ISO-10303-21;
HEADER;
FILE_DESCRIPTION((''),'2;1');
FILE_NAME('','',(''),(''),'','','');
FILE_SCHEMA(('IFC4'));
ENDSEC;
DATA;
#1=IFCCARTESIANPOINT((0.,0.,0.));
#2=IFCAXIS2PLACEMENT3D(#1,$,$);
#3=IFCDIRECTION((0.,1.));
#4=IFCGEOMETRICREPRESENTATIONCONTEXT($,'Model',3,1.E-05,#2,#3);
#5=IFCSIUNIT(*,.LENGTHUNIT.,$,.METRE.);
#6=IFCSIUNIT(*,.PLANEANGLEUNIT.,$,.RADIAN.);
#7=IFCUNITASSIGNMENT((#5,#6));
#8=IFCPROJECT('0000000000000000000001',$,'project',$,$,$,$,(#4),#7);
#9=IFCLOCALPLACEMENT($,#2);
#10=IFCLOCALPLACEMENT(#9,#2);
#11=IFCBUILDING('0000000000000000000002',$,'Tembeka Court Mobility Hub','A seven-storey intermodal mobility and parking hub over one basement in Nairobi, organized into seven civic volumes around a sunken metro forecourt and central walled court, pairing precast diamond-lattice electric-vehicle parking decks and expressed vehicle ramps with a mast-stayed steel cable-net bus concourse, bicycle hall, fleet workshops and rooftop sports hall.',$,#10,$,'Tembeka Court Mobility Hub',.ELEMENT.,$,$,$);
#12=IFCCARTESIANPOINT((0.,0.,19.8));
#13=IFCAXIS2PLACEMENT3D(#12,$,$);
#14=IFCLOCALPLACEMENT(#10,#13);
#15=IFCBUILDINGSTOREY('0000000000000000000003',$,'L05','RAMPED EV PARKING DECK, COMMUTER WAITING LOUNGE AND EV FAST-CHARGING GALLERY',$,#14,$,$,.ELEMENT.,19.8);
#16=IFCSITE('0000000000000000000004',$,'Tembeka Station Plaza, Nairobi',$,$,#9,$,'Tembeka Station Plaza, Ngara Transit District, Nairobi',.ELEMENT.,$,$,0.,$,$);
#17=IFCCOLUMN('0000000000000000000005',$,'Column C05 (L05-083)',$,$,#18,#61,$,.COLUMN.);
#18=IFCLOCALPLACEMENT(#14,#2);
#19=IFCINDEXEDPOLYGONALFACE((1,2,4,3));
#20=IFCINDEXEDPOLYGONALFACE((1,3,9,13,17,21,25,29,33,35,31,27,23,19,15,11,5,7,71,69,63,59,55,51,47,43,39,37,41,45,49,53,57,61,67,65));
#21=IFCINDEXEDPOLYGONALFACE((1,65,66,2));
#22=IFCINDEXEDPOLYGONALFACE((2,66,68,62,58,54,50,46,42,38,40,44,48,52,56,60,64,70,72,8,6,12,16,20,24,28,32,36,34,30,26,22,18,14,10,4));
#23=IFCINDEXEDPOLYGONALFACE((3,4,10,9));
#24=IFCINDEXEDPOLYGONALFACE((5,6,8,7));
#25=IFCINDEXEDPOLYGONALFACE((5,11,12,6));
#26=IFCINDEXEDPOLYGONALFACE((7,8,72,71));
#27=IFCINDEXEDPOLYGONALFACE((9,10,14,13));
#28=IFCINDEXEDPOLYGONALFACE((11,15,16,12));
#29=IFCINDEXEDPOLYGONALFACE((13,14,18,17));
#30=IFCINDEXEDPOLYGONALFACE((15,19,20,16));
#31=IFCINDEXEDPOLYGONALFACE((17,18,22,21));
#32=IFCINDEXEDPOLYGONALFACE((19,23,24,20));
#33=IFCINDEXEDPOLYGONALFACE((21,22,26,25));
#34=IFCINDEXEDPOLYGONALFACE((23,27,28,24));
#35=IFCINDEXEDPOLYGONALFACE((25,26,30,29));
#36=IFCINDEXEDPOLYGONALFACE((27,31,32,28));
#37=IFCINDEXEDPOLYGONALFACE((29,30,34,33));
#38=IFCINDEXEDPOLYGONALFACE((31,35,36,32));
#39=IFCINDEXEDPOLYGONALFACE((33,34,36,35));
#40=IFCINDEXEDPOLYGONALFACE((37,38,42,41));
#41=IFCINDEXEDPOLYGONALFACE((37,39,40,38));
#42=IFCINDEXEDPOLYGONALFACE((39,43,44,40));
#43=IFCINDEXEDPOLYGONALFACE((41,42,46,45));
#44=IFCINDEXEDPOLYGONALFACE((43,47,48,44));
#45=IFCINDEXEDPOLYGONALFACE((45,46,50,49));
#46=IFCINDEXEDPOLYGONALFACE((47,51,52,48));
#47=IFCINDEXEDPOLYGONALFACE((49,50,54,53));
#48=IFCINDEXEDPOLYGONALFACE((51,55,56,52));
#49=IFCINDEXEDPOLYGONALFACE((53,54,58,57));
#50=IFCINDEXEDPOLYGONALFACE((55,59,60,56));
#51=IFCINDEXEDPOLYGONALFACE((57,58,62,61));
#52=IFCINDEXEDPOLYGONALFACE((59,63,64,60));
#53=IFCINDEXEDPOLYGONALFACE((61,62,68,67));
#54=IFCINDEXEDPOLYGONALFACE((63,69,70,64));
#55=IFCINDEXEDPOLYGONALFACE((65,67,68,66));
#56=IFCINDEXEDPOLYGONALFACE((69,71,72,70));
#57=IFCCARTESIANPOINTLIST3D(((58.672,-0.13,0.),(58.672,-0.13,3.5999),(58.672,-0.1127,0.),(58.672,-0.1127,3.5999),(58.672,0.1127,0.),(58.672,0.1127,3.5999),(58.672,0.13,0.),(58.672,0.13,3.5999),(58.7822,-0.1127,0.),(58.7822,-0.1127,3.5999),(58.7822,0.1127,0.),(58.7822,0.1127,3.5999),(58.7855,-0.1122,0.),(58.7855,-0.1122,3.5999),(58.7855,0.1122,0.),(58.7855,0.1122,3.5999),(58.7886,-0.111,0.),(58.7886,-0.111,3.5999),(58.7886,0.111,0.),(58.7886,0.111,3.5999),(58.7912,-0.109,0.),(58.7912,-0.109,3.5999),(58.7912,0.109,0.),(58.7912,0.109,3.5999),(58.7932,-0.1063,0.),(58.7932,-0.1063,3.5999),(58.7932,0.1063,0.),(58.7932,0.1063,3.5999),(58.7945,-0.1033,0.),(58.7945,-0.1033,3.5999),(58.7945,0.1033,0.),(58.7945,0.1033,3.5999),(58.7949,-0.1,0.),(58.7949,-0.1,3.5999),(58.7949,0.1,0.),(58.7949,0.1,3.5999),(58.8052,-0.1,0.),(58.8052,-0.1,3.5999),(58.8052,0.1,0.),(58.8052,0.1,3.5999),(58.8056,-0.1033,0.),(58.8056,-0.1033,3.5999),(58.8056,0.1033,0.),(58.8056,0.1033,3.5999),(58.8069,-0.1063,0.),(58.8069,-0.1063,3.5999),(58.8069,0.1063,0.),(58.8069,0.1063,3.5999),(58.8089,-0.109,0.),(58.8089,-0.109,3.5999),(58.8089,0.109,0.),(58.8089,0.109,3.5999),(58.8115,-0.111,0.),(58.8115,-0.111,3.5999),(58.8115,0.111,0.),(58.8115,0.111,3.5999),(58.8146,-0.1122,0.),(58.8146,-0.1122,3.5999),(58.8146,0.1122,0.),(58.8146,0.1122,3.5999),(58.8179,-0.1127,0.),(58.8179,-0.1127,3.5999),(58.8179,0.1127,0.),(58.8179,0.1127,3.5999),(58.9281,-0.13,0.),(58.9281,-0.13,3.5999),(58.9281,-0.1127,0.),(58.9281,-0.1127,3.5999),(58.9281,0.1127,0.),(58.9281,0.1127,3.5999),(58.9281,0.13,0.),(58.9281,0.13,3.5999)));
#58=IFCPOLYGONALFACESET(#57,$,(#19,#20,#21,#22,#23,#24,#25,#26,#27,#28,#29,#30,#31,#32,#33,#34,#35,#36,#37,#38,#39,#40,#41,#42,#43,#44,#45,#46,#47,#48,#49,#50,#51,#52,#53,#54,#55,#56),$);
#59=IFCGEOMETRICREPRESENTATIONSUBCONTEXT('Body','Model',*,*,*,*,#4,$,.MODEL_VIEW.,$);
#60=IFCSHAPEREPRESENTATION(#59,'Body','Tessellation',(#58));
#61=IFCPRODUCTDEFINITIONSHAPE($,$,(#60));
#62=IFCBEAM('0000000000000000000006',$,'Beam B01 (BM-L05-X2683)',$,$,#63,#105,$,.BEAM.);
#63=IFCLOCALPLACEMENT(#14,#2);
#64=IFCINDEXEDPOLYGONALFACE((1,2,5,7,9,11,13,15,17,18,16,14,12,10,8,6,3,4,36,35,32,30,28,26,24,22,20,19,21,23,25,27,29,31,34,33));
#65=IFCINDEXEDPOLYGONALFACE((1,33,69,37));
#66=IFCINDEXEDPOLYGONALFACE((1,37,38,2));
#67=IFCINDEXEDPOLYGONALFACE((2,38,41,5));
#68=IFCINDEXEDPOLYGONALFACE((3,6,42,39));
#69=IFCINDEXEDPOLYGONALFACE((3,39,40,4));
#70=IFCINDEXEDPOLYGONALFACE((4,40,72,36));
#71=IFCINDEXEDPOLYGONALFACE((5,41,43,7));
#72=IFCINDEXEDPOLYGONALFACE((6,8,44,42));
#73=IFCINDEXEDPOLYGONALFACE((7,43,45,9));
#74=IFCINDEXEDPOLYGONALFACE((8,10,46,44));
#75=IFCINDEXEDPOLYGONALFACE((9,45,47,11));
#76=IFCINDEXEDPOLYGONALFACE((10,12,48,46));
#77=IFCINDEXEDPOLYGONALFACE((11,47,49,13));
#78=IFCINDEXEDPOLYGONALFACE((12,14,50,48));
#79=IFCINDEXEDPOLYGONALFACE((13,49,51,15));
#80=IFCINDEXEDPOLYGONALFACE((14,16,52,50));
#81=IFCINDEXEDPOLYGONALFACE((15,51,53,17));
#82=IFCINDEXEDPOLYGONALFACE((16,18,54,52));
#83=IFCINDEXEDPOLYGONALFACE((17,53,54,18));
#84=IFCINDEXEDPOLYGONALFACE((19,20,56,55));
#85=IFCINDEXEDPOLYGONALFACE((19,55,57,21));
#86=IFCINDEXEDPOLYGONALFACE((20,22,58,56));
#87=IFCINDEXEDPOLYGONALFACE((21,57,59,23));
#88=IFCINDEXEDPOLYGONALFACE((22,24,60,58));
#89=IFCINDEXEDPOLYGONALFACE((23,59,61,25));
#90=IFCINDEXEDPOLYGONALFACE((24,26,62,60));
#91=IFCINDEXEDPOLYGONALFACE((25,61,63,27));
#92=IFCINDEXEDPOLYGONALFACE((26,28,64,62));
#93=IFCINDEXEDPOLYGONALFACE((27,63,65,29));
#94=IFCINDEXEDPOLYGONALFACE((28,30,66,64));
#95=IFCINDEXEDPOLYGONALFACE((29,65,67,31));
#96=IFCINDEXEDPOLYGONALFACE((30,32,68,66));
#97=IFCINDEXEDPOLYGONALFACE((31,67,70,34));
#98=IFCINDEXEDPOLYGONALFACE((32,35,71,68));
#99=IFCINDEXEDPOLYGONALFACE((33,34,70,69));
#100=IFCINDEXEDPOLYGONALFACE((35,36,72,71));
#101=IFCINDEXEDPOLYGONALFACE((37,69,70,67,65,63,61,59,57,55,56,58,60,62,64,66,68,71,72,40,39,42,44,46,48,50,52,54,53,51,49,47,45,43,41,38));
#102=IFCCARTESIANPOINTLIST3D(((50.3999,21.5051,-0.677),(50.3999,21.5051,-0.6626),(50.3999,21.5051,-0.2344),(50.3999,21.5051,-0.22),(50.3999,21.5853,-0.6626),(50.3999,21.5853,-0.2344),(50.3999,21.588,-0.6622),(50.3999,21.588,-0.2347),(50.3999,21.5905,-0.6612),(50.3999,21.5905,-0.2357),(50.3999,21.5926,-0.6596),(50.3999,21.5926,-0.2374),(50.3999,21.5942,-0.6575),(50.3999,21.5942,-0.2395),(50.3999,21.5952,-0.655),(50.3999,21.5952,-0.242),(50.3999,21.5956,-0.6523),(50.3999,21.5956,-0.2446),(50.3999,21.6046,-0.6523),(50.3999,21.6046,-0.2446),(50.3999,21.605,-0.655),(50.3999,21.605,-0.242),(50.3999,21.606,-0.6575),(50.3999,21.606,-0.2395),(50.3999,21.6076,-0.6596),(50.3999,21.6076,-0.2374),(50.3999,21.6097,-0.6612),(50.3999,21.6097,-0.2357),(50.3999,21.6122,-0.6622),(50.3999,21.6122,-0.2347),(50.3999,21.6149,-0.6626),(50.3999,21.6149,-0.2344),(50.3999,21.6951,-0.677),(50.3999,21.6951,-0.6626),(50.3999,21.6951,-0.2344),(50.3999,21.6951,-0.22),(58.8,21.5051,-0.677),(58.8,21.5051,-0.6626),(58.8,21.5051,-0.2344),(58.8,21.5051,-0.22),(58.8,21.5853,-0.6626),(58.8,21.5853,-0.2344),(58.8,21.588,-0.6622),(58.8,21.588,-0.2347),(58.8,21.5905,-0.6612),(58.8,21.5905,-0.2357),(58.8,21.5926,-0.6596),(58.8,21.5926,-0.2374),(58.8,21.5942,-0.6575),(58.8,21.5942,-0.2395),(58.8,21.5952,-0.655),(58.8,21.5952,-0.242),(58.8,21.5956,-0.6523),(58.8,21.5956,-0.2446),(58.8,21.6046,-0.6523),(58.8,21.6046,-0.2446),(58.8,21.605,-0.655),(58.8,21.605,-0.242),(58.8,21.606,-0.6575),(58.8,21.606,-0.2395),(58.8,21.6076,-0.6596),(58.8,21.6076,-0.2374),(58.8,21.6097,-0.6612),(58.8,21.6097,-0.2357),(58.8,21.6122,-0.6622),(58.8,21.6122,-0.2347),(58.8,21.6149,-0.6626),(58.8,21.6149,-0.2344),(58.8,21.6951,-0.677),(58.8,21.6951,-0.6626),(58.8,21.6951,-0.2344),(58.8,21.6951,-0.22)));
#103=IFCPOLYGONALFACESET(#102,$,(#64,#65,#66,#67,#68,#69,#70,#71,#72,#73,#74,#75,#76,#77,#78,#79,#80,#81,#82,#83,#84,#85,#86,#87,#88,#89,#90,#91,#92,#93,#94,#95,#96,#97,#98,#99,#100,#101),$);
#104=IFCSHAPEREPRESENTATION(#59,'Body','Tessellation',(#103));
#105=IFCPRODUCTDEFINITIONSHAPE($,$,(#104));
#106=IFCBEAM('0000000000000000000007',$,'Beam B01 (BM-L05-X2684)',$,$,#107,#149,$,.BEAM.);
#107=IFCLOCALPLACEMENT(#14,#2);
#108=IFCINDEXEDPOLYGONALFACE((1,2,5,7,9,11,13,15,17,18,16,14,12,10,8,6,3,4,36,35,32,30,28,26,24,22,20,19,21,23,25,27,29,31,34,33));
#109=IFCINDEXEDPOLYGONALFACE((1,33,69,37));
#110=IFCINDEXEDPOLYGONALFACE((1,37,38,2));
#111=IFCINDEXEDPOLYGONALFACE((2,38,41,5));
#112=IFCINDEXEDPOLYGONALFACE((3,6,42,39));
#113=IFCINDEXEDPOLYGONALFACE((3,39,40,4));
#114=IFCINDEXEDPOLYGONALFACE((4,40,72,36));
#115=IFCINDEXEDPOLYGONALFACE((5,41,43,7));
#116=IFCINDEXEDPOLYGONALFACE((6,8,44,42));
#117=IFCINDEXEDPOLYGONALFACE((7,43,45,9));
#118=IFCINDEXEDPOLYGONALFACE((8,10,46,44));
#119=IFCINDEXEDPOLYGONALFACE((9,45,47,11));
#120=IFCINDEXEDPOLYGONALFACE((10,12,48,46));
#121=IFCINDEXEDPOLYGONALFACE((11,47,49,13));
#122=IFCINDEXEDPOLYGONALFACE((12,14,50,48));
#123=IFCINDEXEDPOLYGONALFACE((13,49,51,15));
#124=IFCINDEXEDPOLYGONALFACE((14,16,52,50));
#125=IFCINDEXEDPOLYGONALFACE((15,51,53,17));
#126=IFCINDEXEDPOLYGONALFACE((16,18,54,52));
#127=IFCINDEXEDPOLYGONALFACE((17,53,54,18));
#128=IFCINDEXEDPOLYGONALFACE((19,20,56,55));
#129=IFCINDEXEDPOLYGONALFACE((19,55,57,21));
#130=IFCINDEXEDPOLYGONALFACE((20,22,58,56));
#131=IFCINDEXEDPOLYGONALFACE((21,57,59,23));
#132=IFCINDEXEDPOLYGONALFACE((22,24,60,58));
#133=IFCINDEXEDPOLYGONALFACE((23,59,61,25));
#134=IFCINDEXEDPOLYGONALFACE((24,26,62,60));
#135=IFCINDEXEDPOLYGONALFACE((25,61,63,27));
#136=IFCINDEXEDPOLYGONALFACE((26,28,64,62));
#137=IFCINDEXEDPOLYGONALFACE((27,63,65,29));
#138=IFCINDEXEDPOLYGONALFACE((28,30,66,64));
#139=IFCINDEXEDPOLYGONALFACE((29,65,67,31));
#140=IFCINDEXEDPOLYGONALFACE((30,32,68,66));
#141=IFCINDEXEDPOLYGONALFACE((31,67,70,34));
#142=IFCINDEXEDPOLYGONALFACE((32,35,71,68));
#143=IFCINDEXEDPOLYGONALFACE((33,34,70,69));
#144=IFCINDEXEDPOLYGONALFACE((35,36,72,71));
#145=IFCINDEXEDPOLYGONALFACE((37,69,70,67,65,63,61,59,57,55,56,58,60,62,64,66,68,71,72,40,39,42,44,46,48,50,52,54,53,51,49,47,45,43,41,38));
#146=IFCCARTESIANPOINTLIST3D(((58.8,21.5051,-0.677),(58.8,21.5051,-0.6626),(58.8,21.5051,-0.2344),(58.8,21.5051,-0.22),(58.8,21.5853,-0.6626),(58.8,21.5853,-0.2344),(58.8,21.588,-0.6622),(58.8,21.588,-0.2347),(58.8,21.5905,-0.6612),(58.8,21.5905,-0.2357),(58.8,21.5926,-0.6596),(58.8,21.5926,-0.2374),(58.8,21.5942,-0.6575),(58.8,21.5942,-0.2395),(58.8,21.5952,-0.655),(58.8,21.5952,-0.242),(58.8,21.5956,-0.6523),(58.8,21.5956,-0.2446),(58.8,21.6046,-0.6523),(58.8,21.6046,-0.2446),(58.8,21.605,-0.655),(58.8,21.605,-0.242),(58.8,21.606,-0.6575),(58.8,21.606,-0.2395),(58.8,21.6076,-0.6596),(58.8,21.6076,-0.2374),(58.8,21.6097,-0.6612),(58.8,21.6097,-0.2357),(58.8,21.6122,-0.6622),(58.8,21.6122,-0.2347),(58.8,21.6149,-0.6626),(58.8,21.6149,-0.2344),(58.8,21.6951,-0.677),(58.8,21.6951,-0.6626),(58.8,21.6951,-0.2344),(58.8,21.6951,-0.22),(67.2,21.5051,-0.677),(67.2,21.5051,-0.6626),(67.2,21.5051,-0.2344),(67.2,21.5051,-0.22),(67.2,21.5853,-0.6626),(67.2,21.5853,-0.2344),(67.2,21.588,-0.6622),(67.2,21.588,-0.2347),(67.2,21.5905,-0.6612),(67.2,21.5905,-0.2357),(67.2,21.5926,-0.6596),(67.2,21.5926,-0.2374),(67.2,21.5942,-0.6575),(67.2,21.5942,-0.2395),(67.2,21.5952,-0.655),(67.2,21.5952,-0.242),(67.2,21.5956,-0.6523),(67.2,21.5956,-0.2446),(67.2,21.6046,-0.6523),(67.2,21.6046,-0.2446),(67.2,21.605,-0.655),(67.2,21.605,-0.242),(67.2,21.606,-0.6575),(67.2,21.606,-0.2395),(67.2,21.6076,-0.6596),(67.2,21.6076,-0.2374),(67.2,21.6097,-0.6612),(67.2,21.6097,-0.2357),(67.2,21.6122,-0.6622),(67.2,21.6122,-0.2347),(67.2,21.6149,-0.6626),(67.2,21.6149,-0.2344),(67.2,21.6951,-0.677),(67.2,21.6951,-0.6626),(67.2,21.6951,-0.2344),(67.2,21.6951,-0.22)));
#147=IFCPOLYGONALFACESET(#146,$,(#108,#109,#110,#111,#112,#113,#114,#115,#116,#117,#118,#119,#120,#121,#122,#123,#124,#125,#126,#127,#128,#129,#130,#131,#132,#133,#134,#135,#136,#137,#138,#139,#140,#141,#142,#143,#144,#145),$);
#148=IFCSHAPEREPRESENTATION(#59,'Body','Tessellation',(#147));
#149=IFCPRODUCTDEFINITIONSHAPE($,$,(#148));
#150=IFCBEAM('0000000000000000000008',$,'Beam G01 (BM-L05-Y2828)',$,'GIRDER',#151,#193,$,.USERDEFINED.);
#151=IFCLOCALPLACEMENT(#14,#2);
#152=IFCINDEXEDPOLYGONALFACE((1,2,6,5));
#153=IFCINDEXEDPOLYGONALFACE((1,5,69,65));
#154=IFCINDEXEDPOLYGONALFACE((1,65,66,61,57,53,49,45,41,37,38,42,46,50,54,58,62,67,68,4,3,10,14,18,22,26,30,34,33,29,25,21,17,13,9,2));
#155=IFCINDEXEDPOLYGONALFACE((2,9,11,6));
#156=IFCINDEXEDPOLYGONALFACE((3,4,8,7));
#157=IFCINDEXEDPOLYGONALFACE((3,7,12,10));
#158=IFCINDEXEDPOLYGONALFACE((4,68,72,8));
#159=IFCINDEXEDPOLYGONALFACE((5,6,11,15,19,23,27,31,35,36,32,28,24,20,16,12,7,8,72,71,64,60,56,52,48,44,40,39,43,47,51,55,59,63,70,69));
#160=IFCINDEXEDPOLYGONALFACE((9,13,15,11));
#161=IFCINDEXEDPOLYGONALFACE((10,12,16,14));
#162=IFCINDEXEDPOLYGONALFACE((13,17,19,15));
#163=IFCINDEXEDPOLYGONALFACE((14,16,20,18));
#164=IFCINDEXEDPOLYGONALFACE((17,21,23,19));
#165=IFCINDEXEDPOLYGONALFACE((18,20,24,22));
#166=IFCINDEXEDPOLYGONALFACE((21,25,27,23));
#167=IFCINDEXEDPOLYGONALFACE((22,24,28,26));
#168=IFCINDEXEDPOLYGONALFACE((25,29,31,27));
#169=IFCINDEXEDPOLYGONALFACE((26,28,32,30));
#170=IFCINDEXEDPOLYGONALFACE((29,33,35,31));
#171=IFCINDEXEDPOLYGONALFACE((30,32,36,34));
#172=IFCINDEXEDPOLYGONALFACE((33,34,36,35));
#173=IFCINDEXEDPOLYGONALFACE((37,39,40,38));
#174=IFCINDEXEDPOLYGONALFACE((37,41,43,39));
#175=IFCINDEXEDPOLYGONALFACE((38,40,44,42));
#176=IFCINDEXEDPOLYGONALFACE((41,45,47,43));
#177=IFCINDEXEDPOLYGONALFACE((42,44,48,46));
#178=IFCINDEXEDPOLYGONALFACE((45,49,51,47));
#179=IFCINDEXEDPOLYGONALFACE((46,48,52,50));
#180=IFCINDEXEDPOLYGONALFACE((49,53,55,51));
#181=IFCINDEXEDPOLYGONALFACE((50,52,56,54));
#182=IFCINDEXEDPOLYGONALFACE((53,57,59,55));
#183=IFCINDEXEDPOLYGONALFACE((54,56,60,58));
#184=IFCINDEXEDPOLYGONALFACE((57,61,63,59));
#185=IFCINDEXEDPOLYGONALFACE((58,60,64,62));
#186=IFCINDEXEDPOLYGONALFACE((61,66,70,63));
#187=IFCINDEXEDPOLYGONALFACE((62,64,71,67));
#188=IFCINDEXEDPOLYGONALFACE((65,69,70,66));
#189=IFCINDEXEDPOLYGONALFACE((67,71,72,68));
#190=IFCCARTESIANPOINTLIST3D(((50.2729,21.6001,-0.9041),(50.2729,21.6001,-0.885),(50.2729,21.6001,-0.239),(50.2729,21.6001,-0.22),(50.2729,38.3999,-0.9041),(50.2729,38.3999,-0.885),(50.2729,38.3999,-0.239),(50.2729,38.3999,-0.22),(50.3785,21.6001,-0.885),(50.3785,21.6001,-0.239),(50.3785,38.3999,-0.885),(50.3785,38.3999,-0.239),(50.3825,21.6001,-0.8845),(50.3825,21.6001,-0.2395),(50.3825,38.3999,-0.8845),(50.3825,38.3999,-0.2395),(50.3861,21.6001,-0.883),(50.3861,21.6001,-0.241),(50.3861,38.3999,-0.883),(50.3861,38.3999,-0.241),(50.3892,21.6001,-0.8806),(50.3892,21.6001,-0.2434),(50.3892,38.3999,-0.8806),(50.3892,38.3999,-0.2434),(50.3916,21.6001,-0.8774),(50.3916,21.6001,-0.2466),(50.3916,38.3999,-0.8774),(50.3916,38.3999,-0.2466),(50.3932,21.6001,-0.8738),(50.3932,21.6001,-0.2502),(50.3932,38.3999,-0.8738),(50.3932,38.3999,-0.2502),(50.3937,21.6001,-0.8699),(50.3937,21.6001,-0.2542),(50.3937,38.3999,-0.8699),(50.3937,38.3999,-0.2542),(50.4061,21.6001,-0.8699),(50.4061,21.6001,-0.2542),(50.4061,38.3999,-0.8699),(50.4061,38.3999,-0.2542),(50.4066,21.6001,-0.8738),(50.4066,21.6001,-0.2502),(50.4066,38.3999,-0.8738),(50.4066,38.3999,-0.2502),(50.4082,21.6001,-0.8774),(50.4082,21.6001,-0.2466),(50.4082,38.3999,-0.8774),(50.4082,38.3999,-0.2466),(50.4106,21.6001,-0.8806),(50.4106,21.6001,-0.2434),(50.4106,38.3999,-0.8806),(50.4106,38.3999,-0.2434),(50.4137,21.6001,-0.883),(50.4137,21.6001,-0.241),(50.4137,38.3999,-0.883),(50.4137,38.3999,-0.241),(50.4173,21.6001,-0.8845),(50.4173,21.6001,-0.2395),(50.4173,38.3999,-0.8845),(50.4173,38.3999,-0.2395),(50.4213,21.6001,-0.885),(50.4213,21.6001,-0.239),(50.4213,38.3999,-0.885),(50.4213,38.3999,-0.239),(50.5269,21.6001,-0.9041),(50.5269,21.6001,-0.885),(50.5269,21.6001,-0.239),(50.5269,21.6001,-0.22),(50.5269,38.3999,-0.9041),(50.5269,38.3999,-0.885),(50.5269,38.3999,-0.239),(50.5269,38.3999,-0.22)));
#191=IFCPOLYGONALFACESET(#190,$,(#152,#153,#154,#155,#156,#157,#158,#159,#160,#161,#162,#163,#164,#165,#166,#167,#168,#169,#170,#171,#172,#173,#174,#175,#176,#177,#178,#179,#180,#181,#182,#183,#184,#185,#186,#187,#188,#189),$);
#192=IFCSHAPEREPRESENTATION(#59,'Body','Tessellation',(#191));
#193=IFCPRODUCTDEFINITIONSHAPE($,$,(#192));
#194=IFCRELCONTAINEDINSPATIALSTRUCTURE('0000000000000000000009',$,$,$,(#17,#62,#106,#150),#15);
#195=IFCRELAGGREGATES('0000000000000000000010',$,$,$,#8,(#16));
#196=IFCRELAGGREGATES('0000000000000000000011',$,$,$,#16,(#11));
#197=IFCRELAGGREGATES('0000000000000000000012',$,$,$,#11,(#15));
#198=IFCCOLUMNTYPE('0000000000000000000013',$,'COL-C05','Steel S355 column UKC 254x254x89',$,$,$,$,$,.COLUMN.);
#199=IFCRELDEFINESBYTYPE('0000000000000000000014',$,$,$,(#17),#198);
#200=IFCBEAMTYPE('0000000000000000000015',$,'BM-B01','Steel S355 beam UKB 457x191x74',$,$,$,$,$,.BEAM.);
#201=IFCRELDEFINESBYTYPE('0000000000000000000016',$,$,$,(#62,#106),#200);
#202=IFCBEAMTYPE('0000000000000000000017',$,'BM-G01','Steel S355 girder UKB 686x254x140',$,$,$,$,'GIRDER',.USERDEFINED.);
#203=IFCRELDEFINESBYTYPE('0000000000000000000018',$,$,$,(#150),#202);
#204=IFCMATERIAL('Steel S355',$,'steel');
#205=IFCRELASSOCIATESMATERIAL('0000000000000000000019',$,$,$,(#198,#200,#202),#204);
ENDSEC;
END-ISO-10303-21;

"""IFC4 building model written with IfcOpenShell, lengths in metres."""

from ifc_helpers import new_model, si_unit, direction, frame, origin, origin_2d, place, context, subcontext, project, spatial, i_section, extrude, material, material_profile, profile_set, type_object, element, save


model = new_model("IFC4")

# Units and contexts
model_context = context("Model", 3, precision=1e-05, world=origin(), true_north=direction((0.0, 1.0)))
body_context = subcontext(model_context, "Body", "Model", "MODEL_VIEW")
ifc_project = project(units=[si_unit("LENGTHUNIT", "METRE"), si_unit("PLANEANGLEUNIT", "RADIAN")], contexts=[model_context])

# Site, building, storey
site_placement = place(None, origin())
site = spatial("IfcSite", under=ifc_project, at=site_placement, Name="Tembeka Station Plaza, Nairobi", LongName="Tembeka Station Plaza, Ngara Transit District, Nairobi", CompositionType="ELEMENT", RefElevation=0.0)
building_placement = place(site_placement, origin())
building = spatial("IfcBuilding", under=site, at=building_placement, Name="Tembeka Court Mobility Hub", Description="A seven-storey intermodal mobility and parking hub over one basement in Nairobi, organized into seven civic volumes around a sunken metro forecourt and central walled court, pairing precast diamond-lattice electric-vehicle parking decks and expressed vehicle ramps with a mast-stayed steel cable-net bus concourse, bicycle hall, fleet workshops and rooftop sports hall.", LongName="Tembeka Court Mobility Hub", CompositionType="ELEMENT")
storey_placement = place(building_placement, frame((0.0, 0.0, 19.8)))
storey = spatial("IfcBuildingStorey", under=building, at=storey_placement, Name="L05", Description="RAMPED EV PARKING DECK, COMMUTER WAITING LOUNGE AND EV FAST-CHARGING GALLERY", CompositionType="ELEMENT", Elevation=19.8)

# Column
ifc_material_1 = material(Name="Steel S355", Category="steel")
ifc_material_profile_1 = material_profile(ifc_material_1, i_section(OverallWidth=0.2561, OverallDepth=0.26, WebThickness=0.0103, FlangeThickness=0.0173, FilletRadius=0.0127, at=origin_2d()), Name="UKC 254x254x89")
ifc_profile_set_1 = profile_set([ifc_material_profile_1], Name="Steel S355")
column_type_1 = type_object("IfcColumnType", Name="COL-C05", Description="Steel S355 column UKC 254x254x89", PredefinedType="COLUMN", material=ifc_profile_set_1)
for number, where, z_axis, x_axis, name in (
    (1, (58.8, 0.0, 0.0), (0.0, 0.0, 1.0), (1.0, 0.0, 0.0), "Column C05 (L05-083)"),
):
    element("IfcColumn", number, at=place(storey_placement, frame(where, z_axis=z_axis, x_axis=x_axis)), inside=storey, type_object=column_type_1, Name=name, PredefinedType="COLUMN", context=body_context, shape_type="SweptSolid", body=[
        extrude(i_section(OverallWidth=0.2561, OverallDepth=0.26, WebThickness=0.0103, FlangeThickness=0.0173, FilletRadius=0.0127, at=origin_2d()), origin(), (0.0, 0.0, 1.0), 3.5999),
    ])

# Beams
ifc_material_profile_2 = material_profile(ifc_material_1, i_section(OverallWidth=0.1899, OverallDepth=0.457, WebThickness=0.009, FlangeThickness=0.0144, FilletRadius=0.0103, at=origin_2d()), Name="UKB 457x191x74")
ifc_profile_set_2 = profile_set([ifc_material_profile_2], Name="Steel S355")
beam_type_1 = type_object("IfcBeamType", Name="BM-B01", Description="Steel S355 beam UKB 457x191x74", PredefinedType="BEAM", material=ifc_profile_set_2)
beam_1_placement = place(storey_placement, frame((50.3999, 21.6001, -0.4485), z_axis=(1.0, 0.0, 0.0), x_axis=(0.0, 1.0, 0.0)))
element("IfcBeam", 2, at=beam_1_placement, inside=storey, type_object=beam_type_1, Name="Beam B01 (BM-L05-X2683)", PredefinedType="BEAM", context=body_context, shape_type="SweptSolid", body=[
    extrude(i_section(OverallWidth=0.1899, OverallDepth=0.457, WebThickness=0.009, FlangeThickness=0.0144, FilletRadius=0.0103, at=origin_2d()), origin(), (0.0, 0.0, 1.0), 8.4001),
])
beam_2_placement = place(storey_placement, frame((58.8, 21.6001, -0.4485), z_axis=(1.0, 0.0, 0.0), x_axis=(0.0, 1.0, 0.0)))
element("IfcBeam", 3, at=beam_2_placement, inside=storey, type_object=beam_type_1, Name="Beam B01 (BM-L05-X2684)", PredefinedType="BEAM", context=body_context, shape_type="SweptSolid", body=[
    extrude(i_section(OverallWidth=0.1899, OverallDepth=0.457, WebThickness=0.009, FlangeThickness=0.0144, FilletRadius=0.0103, at=origin_2d()), origin(), (0.0, 0.0, 1.0), 8.3999),
])
ifc_material_profile_3 = material_profile(ifc_material_1, i_section(OverallWidth=0.2539, OverallDepth=0.6841, WebThickness=0.0125, FlangeThickness=0.019, FilletRadius=0.0151, at=origin_2d()), Name="UKB 686x254x140")
ifc_profile_set_3 = profile_set([ifc_material_profile_3], Name="Steel S355")
beam_type_2 = type_object("IfcBeamType", Name="BM-G01", Description="Steel S355 girder UKB 686x254x140", ElementType="GIRDER", PredefinedType="USERDEFINED", material=ifc_profile_set_3)
beam_3_placement = place(storey_placement, frame((50.3999, 21.6001, -0.562), z_axis=(0.0, 1.0, 0.0), x_axis=(-1.0, 0.0, 0.0)))
element("IfcBeam", 4, at=beam_3_placement, inside=storey, type_object=beam_type_2, Name="Beam G01 (BM-L05-Y2828)", ObjectType="GIRDER", PredefinedType="USERDEFINED", context=body_context, shape_type="SweptSolid", body=[
    extrude(i_section(OverallWidth=0.2539, OverallDepth=0.6841, WebThickness=0.0125, FlangeThickness=0.019, FilletRadius=0.0151, at=origin_2d()), origin(), (0.0, 0.0, 1.0), 16.7998),
])

save(model, "model.ifc")
